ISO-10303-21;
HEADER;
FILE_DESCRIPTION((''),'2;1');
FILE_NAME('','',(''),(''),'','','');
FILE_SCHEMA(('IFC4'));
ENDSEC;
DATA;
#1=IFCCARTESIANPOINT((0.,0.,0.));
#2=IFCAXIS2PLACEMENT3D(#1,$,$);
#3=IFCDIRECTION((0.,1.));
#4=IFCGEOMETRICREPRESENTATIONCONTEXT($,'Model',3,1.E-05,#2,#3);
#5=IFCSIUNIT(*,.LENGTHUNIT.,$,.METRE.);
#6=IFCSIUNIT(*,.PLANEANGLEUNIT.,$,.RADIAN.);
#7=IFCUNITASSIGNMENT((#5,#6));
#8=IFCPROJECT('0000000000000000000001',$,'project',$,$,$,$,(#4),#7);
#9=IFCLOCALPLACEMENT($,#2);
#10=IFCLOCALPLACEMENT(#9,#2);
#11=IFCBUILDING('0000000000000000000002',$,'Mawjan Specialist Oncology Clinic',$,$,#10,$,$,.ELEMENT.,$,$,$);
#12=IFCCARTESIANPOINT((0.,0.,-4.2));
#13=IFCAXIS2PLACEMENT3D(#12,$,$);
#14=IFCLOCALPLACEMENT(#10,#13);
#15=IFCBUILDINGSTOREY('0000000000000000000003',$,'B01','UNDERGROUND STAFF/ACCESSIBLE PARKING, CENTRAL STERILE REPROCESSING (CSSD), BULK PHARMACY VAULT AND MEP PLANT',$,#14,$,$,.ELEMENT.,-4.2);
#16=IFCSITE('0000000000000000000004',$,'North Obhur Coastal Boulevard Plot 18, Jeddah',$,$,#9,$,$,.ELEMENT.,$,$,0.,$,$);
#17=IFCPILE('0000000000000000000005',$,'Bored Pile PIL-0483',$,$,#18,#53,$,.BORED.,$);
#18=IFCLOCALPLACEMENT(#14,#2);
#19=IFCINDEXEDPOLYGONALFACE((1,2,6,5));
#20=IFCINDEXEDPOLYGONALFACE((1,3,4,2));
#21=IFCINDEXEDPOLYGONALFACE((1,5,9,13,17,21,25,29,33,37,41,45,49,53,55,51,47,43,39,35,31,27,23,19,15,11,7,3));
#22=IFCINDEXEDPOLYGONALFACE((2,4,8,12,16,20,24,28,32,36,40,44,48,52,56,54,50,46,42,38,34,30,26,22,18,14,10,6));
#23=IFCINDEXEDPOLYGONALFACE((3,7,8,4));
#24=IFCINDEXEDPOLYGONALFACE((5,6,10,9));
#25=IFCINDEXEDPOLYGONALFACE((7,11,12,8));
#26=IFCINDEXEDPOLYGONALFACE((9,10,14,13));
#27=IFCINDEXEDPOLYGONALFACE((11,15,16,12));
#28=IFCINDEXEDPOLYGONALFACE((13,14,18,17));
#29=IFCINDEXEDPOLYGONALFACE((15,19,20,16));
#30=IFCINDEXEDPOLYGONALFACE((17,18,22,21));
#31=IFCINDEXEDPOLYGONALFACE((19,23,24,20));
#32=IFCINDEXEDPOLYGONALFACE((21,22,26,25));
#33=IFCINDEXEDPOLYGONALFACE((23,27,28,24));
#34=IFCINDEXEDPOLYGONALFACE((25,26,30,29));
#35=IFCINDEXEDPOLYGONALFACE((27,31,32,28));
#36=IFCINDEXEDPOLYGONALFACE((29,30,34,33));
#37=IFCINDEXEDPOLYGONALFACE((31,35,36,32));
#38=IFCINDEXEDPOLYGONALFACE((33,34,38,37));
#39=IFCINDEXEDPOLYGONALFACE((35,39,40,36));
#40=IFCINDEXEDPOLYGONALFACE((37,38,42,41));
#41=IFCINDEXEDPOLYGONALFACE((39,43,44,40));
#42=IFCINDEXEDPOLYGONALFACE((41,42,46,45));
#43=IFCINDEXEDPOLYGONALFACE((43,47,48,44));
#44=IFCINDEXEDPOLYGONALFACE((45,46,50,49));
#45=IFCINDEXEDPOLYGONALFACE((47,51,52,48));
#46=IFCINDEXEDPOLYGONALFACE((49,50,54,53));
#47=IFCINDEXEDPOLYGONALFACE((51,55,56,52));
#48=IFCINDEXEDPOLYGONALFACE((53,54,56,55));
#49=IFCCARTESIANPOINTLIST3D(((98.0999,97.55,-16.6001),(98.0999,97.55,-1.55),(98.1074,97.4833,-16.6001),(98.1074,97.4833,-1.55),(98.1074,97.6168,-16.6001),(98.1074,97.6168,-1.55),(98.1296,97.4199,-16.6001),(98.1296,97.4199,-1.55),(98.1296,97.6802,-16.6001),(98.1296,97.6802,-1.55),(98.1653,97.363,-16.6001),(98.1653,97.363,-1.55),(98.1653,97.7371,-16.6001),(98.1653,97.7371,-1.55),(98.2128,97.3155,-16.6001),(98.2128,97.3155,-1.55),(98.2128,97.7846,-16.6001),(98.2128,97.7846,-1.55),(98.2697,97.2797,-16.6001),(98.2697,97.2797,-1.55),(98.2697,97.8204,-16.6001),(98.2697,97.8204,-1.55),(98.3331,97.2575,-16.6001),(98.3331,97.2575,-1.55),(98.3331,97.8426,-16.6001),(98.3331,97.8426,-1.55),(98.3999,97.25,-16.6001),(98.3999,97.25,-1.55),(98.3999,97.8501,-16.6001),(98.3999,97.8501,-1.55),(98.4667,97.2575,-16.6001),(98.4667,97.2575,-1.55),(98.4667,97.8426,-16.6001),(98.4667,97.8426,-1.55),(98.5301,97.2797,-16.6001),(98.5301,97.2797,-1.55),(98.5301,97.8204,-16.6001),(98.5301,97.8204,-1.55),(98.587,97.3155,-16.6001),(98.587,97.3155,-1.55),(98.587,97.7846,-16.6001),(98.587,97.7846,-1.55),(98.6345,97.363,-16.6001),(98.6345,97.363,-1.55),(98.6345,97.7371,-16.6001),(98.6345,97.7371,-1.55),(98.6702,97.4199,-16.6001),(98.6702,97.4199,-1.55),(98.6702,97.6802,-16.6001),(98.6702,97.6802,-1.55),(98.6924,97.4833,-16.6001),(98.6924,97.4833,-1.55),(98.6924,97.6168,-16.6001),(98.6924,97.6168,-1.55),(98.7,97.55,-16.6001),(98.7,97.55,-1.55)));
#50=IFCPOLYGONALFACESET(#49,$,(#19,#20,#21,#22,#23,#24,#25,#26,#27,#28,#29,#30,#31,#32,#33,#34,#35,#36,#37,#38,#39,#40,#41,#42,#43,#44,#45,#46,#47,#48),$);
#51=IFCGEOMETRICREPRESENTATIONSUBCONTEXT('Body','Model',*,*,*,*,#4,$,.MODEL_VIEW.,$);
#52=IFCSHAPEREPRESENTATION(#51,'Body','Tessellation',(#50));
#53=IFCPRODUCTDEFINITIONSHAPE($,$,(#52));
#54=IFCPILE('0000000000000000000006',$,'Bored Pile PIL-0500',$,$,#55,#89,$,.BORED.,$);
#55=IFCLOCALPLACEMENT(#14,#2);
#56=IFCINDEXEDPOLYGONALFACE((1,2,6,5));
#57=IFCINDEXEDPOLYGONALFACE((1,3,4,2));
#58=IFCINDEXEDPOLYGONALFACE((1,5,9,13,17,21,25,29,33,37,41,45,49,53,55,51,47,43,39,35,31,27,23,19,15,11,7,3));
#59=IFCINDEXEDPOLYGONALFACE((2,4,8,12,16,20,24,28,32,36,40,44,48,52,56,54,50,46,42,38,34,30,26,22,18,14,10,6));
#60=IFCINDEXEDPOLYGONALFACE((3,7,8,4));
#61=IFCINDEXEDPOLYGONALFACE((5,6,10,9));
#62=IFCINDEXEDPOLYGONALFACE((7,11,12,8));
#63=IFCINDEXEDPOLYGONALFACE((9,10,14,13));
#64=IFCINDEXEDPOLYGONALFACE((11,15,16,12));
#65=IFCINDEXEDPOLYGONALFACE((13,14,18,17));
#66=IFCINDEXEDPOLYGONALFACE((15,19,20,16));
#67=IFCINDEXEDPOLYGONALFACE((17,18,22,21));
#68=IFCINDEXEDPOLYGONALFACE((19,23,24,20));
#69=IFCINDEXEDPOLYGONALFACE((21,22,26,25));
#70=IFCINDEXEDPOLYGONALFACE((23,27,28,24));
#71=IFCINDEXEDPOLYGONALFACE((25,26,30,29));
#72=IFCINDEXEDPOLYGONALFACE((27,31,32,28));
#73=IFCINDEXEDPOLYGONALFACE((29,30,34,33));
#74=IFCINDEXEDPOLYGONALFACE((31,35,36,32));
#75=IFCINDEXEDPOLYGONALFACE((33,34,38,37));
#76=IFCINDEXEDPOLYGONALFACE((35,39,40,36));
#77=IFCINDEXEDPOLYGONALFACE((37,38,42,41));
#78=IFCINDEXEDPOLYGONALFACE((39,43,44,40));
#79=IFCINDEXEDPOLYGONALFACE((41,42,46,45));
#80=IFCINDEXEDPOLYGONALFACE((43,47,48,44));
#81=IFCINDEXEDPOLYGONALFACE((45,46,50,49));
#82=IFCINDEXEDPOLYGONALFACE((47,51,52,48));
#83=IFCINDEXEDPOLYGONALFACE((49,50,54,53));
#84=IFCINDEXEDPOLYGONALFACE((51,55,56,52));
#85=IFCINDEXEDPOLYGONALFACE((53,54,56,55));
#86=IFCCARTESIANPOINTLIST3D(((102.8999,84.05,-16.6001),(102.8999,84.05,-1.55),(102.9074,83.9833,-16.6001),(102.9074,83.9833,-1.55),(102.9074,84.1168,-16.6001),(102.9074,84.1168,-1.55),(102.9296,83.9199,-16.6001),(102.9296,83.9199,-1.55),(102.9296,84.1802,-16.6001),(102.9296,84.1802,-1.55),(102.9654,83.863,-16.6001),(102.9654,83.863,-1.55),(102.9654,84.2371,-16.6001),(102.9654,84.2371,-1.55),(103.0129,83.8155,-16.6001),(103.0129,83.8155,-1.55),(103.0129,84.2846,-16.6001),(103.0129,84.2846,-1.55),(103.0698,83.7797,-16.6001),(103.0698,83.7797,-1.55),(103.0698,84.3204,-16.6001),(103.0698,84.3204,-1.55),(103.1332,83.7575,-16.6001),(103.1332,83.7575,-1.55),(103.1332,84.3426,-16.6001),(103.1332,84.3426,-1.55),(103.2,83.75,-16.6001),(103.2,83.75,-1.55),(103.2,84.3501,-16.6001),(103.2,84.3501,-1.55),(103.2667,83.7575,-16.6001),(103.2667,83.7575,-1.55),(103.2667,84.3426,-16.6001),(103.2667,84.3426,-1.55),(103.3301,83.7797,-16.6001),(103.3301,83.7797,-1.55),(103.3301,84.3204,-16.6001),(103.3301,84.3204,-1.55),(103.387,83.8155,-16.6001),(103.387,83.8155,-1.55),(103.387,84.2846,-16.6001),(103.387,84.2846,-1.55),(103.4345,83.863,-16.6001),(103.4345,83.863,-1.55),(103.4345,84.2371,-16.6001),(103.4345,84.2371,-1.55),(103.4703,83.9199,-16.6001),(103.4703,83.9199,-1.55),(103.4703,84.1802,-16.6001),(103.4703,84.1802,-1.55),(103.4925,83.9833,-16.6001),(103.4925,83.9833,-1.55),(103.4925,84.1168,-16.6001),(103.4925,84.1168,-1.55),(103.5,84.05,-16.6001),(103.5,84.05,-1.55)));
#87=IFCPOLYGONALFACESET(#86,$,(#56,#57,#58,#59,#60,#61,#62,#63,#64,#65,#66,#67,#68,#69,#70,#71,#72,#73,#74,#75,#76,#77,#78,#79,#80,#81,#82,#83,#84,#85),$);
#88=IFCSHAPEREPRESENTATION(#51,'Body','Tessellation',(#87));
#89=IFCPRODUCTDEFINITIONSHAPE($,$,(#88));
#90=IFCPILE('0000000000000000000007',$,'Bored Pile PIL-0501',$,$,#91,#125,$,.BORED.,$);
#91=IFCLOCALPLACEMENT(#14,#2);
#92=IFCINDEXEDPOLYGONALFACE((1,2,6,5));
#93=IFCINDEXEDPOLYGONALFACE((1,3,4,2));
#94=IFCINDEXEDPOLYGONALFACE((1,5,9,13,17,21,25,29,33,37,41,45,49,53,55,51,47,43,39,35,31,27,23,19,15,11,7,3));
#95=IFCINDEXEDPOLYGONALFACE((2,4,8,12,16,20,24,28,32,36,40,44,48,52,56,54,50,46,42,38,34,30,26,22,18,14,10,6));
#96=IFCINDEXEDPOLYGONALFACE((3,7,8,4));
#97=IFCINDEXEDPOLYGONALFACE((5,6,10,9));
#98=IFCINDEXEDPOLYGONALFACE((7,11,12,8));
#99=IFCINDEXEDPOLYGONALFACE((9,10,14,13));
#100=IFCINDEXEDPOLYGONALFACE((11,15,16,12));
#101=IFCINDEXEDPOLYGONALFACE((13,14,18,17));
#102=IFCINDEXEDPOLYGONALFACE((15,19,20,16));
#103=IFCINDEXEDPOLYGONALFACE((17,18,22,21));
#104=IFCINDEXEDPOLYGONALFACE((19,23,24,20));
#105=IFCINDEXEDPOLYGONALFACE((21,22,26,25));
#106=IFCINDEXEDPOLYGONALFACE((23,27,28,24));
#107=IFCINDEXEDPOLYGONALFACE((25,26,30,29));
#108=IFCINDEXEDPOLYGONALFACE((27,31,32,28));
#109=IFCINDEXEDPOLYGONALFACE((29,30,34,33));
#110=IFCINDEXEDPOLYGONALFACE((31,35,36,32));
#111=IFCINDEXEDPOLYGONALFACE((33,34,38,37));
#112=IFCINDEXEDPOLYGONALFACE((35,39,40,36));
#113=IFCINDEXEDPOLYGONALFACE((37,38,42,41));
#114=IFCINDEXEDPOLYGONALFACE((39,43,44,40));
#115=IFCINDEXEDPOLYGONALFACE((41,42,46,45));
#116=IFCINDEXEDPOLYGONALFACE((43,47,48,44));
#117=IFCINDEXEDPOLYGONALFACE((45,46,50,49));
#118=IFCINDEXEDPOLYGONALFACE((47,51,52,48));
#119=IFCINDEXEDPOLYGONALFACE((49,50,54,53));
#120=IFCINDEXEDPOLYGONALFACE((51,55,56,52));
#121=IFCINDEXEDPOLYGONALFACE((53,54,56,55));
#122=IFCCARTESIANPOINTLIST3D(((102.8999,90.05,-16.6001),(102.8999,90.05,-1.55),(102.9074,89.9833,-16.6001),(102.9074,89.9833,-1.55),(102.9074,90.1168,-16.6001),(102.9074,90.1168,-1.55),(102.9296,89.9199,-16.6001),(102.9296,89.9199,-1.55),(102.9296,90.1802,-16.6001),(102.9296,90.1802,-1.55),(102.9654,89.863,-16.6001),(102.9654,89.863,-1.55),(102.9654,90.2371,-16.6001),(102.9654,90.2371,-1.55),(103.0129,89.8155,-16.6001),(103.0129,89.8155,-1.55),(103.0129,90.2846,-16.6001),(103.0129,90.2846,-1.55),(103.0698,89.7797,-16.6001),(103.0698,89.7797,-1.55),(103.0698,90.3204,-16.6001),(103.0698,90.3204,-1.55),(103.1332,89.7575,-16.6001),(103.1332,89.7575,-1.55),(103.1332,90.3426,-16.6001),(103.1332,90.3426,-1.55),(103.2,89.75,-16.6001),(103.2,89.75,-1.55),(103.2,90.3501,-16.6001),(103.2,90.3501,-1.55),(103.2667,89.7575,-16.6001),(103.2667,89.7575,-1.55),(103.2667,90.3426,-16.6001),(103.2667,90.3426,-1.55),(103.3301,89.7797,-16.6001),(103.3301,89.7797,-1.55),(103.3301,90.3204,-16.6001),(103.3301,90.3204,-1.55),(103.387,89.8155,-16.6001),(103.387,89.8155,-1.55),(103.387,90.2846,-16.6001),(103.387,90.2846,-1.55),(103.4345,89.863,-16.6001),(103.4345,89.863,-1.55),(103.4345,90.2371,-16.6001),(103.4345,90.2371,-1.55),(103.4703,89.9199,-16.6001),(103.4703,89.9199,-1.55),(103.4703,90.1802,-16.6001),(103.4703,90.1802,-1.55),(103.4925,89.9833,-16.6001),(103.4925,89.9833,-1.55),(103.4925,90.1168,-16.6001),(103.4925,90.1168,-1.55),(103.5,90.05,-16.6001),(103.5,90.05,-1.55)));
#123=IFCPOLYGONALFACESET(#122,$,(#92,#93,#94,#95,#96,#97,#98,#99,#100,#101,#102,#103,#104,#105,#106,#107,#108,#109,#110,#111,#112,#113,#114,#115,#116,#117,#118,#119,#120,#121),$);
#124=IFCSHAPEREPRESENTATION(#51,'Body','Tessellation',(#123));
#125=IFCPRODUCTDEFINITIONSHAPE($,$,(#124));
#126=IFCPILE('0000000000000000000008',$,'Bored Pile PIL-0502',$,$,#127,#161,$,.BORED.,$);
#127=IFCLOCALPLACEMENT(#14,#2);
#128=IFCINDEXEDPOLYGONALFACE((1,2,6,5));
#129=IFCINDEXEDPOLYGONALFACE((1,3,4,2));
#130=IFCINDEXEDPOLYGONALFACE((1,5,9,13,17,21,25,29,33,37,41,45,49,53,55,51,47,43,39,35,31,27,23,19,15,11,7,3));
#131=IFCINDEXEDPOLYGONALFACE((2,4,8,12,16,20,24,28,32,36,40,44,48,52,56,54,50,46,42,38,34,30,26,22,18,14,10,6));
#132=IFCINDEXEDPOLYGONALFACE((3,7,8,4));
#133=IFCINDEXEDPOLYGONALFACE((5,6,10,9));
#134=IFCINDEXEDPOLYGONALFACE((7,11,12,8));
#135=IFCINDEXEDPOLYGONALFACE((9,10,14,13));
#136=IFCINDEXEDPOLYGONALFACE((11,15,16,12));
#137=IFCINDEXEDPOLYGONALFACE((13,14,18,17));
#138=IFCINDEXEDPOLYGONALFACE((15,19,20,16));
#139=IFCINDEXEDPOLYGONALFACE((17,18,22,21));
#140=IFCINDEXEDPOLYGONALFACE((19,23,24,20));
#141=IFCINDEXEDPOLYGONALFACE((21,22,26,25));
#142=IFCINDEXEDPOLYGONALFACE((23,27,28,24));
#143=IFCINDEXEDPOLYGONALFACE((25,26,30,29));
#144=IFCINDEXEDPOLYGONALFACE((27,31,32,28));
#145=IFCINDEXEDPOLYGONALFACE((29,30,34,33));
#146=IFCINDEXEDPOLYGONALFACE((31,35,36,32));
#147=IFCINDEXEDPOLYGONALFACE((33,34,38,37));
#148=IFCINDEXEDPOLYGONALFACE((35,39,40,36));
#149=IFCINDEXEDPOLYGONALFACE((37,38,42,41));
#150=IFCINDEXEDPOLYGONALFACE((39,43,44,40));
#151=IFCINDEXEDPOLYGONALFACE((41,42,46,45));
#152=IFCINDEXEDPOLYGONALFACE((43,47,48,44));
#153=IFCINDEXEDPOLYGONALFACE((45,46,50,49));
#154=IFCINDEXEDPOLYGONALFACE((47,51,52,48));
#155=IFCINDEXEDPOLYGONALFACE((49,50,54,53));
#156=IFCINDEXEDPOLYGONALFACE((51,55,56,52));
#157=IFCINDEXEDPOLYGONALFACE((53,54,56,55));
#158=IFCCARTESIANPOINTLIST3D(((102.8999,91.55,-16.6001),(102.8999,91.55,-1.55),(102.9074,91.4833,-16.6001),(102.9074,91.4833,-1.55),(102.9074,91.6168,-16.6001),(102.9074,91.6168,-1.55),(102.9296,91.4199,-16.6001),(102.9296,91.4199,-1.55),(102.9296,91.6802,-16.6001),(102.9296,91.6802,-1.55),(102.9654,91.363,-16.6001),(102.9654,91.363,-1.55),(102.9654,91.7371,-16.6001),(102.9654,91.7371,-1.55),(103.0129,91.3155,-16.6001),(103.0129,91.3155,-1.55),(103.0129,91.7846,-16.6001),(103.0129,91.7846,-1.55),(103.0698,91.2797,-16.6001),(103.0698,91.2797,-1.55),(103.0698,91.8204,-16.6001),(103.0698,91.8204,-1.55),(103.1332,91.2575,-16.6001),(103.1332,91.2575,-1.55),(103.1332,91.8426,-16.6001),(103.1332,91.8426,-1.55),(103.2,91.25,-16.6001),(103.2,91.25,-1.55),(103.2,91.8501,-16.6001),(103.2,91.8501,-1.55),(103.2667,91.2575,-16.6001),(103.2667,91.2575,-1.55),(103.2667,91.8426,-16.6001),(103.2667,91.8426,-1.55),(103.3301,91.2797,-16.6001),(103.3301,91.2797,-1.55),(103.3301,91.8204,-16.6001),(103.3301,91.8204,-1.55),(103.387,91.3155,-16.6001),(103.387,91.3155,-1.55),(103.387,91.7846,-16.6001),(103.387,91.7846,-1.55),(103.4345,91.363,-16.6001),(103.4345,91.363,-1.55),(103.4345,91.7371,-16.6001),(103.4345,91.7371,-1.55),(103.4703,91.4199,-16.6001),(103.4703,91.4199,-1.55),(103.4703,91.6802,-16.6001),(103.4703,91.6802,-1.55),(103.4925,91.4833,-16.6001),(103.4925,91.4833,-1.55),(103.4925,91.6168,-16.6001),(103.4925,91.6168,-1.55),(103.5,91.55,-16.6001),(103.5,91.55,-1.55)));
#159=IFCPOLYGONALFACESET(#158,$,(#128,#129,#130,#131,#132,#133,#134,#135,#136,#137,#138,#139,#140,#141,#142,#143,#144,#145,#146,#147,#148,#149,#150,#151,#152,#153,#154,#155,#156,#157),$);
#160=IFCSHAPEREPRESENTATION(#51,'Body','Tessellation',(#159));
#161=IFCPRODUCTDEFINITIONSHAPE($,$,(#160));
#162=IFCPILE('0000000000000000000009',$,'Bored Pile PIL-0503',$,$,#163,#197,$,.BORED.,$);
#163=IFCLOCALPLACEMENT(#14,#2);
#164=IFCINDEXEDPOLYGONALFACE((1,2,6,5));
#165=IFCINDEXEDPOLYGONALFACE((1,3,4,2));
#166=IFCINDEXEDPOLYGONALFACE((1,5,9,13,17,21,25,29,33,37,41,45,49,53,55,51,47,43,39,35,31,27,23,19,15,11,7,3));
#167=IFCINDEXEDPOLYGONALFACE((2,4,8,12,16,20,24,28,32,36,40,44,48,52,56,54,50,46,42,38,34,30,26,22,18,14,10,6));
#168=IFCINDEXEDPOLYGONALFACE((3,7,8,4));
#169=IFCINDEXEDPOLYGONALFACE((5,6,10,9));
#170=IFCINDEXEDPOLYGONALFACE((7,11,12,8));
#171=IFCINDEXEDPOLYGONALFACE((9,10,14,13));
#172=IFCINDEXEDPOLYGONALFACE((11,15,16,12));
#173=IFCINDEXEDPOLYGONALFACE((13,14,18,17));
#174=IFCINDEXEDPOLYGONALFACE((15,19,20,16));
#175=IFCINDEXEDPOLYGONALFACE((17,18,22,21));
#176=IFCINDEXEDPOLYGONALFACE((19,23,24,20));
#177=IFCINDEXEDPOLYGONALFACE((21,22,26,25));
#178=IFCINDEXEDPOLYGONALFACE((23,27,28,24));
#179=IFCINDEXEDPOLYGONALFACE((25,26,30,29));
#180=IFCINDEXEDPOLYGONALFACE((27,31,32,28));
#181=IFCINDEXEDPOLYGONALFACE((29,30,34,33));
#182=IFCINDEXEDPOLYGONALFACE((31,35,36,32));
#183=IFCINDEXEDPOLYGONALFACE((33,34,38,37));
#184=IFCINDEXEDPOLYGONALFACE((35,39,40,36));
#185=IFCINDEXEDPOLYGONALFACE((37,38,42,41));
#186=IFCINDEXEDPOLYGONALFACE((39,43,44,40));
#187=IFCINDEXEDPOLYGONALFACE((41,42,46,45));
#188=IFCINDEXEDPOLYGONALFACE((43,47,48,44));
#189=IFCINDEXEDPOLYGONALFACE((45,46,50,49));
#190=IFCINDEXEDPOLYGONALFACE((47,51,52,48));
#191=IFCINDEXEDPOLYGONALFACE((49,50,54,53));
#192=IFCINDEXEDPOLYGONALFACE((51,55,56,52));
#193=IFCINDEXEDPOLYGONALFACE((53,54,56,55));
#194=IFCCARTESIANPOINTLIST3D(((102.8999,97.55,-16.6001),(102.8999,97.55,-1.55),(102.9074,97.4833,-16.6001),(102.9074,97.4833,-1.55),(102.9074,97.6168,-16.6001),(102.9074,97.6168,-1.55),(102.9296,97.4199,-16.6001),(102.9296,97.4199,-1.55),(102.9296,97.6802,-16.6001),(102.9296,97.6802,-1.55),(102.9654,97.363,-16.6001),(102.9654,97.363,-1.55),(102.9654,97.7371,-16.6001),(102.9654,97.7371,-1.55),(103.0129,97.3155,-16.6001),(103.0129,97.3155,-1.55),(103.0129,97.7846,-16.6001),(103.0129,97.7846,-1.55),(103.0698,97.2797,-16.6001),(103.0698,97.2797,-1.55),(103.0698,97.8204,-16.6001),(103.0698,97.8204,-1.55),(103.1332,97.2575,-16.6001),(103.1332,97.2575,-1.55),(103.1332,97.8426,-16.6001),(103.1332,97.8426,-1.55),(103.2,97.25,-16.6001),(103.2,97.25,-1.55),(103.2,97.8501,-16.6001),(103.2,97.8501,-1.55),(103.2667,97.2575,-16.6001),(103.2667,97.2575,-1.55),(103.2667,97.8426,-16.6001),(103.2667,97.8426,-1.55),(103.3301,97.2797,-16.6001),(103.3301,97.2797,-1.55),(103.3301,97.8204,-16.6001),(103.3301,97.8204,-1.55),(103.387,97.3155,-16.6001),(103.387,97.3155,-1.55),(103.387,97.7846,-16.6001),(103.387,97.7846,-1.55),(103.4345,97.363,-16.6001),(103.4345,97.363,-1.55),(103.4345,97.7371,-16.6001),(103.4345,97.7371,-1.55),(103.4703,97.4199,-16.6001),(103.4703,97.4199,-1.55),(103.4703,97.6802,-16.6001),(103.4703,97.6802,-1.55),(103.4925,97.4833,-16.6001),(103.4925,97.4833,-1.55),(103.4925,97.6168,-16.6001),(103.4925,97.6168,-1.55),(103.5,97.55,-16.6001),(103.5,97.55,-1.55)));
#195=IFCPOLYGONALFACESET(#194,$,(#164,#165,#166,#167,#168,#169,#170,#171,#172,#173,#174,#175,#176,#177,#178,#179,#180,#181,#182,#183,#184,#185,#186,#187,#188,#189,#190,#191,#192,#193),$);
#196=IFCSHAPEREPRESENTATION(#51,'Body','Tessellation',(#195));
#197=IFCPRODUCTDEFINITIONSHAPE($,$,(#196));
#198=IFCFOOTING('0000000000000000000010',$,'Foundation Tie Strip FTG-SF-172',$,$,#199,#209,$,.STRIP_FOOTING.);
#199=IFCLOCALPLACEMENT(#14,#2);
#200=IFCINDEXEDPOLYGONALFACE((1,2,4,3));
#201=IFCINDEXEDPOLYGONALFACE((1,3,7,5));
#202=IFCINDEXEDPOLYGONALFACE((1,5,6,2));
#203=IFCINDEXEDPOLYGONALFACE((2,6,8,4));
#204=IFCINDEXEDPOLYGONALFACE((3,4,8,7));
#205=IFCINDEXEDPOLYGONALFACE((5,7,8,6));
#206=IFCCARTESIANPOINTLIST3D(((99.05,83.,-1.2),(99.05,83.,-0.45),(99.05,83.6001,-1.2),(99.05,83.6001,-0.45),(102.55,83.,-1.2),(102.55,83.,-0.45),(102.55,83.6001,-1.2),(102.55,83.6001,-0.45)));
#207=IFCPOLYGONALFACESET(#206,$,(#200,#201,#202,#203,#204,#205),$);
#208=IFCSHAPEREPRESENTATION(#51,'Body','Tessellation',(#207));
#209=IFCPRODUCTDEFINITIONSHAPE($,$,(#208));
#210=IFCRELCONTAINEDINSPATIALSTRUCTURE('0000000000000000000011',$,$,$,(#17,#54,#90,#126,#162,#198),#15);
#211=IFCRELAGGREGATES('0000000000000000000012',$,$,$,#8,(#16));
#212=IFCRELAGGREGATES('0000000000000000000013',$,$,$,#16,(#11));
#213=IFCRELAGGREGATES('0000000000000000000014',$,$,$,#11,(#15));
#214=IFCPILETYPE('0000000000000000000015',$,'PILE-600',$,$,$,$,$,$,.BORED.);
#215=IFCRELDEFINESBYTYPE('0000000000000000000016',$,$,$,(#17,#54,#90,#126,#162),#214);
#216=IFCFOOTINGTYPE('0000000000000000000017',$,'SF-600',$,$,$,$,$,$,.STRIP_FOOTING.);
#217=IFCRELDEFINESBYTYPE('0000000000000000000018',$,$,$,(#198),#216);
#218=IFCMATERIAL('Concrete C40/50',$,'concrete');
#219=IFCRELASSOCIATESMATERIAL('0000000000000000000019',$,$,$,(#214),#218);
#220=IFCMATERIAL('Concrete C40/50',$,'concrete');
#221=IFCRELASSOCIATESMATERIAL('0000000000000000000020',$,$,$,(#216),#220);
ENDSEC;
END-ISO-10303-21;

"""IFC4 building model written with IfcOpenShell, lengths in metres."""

from ifc_helpers import new_model, si_unit, direction, frame, origin, origin_2d, place, context, subcontext, project, spatial, rectangle, circle, extrude, material, material_profile, profile_set, type_object, element, save


model = new_model("IFC4")

# Units and contexts
model_context = context("Model", 3, precision=1e-05, world=origin(), true_north=direction((0.0, 1.0)))
body_context = subcontext(model_context, "Body", "Model", "MODEL_VIEW")
ifc_project = project(units=[si_unit("LENGTHUNIT", "METRE"), si_unit("PLANEANGLEUNIT", "RADIAN")], contexts=[model_context])

# Site, building, storey
site_placement = place(None, origin())
site = spatial("IfcSite", under=ifc_project, at=site_placement, Name="North Obhur Coastal Boulevard Plot 18, Jeddah", CompositionType="ELEMENT", RefElevation=0.0)
building_placement = place(site_placement, origin())
building = spatial("IfcBuilding", under=site, at=building_placement, Name="Mawjan Specialist Oncology Clinic", CompositionType="ELEMENT")
storey_placement = place(building_placement, frame((0.0, 0.0, -4.2)))
storey = spatial("IfcBuildingStorey", under=building, at=storey_placement, Name="B01", Description="UNDERGROUND STAFF/ACCESSIBLE PARKING, CENTRAL STERILE REPROCESSING (CSSD), BULK PHARMACY VAULT AND MEP PLANT", CompositionType="ELEMENT", Elevation=-4.2)

# Piles
ifc_material_1 = material(Name="Concrete C40/50", Category="concrete")
ifc_material_profile_1 = material_profile(ifc_material_1, circle(Radius=0.3, at=origin_2d()), Name="BORED PILE D600", Category="concrete")
ifc_profile_set_1 = profile_set([ifc_material_profile_1], Name="Concrete C40/50")
pile_type = type_object("IfcPileType", Name="PILE-600", PredefinedType="BORED", material=ifc_profile_set_1)
for number, where, z_axis, x_axis, name in (
    (1, (98.3999, 97.55, -1.55), (0.0, 0.0, -1.0), (1.0, 0.0, 0.0), "Bored Pile PIL-0483"),
    (2, (103.2, 84.05, -1.55), (0.0, 0.0, -1.0), (1.0, 0.0, 0.0), "Bored Pile PIL-0500"),
    (3, (103.2, 90.05, -1.55), (0.0, 0.0, -1.0), (1.0, 0.0, 0.0), "Bored Pile PIL-0501"),
    (4, (103.2, 91.55, -1.55), (0.0, 0.0, -1.0), (1.0, 0.0, 0.0), "Bored Pile PIL-0502"),
    (5, (103.2, 97.55, -1.55), (0.0, 0.0, -1.0), (1.0, 0.0, 0.0), "Bored Pile PIL-0503"),
):
    element("IfcPile", number, at=place(storey_placement, frame(where, z_axis=z_axis, x_axis=x_axis)), inside=storey, type_object=pile_type, Name=name, PredefinedType="BORED", context=body_context, shape_type="SweptSolid", body=[
        extrude(circle(Radius=0.3, at=origin_2d()), origin(), (0.0, 0.0, 1.0), 15.05),
    ])

# Footing
ifc_material_2 = material(Name="Concrete C40/50", Category="concrete")
footing_type_1 = type_object("IfcFootingType", Name="SF-600", PredefinedType="STRIP_FOOTING", material=ifc_material_2)
for number, where, z_axis, x_axis, name in (
    (6, (100.8, 83.3, -1.2), (0.0, 0.0, 1.0), (1.0, 0.0, 0.0), "Foundation Tie Strip FTG-SF-172"),
):
    element("IfcFooting", number, at=place(storey_placement, frame(where, z_axis=z_axis, x_axis=x_axis)), inside=storey, type_object=footing_type_1, Name=name, PredefinedType="STRIP_FOOTING", context=body_context, shape_type="SweptSolid", body=[
        extrude(rectangle(XDim=3.5, YDim=0.6001, at=origin_2d()), origin(), (0.0, 0.0, 1.0), 0.75),
    ])

save(model, "model.ifc")
